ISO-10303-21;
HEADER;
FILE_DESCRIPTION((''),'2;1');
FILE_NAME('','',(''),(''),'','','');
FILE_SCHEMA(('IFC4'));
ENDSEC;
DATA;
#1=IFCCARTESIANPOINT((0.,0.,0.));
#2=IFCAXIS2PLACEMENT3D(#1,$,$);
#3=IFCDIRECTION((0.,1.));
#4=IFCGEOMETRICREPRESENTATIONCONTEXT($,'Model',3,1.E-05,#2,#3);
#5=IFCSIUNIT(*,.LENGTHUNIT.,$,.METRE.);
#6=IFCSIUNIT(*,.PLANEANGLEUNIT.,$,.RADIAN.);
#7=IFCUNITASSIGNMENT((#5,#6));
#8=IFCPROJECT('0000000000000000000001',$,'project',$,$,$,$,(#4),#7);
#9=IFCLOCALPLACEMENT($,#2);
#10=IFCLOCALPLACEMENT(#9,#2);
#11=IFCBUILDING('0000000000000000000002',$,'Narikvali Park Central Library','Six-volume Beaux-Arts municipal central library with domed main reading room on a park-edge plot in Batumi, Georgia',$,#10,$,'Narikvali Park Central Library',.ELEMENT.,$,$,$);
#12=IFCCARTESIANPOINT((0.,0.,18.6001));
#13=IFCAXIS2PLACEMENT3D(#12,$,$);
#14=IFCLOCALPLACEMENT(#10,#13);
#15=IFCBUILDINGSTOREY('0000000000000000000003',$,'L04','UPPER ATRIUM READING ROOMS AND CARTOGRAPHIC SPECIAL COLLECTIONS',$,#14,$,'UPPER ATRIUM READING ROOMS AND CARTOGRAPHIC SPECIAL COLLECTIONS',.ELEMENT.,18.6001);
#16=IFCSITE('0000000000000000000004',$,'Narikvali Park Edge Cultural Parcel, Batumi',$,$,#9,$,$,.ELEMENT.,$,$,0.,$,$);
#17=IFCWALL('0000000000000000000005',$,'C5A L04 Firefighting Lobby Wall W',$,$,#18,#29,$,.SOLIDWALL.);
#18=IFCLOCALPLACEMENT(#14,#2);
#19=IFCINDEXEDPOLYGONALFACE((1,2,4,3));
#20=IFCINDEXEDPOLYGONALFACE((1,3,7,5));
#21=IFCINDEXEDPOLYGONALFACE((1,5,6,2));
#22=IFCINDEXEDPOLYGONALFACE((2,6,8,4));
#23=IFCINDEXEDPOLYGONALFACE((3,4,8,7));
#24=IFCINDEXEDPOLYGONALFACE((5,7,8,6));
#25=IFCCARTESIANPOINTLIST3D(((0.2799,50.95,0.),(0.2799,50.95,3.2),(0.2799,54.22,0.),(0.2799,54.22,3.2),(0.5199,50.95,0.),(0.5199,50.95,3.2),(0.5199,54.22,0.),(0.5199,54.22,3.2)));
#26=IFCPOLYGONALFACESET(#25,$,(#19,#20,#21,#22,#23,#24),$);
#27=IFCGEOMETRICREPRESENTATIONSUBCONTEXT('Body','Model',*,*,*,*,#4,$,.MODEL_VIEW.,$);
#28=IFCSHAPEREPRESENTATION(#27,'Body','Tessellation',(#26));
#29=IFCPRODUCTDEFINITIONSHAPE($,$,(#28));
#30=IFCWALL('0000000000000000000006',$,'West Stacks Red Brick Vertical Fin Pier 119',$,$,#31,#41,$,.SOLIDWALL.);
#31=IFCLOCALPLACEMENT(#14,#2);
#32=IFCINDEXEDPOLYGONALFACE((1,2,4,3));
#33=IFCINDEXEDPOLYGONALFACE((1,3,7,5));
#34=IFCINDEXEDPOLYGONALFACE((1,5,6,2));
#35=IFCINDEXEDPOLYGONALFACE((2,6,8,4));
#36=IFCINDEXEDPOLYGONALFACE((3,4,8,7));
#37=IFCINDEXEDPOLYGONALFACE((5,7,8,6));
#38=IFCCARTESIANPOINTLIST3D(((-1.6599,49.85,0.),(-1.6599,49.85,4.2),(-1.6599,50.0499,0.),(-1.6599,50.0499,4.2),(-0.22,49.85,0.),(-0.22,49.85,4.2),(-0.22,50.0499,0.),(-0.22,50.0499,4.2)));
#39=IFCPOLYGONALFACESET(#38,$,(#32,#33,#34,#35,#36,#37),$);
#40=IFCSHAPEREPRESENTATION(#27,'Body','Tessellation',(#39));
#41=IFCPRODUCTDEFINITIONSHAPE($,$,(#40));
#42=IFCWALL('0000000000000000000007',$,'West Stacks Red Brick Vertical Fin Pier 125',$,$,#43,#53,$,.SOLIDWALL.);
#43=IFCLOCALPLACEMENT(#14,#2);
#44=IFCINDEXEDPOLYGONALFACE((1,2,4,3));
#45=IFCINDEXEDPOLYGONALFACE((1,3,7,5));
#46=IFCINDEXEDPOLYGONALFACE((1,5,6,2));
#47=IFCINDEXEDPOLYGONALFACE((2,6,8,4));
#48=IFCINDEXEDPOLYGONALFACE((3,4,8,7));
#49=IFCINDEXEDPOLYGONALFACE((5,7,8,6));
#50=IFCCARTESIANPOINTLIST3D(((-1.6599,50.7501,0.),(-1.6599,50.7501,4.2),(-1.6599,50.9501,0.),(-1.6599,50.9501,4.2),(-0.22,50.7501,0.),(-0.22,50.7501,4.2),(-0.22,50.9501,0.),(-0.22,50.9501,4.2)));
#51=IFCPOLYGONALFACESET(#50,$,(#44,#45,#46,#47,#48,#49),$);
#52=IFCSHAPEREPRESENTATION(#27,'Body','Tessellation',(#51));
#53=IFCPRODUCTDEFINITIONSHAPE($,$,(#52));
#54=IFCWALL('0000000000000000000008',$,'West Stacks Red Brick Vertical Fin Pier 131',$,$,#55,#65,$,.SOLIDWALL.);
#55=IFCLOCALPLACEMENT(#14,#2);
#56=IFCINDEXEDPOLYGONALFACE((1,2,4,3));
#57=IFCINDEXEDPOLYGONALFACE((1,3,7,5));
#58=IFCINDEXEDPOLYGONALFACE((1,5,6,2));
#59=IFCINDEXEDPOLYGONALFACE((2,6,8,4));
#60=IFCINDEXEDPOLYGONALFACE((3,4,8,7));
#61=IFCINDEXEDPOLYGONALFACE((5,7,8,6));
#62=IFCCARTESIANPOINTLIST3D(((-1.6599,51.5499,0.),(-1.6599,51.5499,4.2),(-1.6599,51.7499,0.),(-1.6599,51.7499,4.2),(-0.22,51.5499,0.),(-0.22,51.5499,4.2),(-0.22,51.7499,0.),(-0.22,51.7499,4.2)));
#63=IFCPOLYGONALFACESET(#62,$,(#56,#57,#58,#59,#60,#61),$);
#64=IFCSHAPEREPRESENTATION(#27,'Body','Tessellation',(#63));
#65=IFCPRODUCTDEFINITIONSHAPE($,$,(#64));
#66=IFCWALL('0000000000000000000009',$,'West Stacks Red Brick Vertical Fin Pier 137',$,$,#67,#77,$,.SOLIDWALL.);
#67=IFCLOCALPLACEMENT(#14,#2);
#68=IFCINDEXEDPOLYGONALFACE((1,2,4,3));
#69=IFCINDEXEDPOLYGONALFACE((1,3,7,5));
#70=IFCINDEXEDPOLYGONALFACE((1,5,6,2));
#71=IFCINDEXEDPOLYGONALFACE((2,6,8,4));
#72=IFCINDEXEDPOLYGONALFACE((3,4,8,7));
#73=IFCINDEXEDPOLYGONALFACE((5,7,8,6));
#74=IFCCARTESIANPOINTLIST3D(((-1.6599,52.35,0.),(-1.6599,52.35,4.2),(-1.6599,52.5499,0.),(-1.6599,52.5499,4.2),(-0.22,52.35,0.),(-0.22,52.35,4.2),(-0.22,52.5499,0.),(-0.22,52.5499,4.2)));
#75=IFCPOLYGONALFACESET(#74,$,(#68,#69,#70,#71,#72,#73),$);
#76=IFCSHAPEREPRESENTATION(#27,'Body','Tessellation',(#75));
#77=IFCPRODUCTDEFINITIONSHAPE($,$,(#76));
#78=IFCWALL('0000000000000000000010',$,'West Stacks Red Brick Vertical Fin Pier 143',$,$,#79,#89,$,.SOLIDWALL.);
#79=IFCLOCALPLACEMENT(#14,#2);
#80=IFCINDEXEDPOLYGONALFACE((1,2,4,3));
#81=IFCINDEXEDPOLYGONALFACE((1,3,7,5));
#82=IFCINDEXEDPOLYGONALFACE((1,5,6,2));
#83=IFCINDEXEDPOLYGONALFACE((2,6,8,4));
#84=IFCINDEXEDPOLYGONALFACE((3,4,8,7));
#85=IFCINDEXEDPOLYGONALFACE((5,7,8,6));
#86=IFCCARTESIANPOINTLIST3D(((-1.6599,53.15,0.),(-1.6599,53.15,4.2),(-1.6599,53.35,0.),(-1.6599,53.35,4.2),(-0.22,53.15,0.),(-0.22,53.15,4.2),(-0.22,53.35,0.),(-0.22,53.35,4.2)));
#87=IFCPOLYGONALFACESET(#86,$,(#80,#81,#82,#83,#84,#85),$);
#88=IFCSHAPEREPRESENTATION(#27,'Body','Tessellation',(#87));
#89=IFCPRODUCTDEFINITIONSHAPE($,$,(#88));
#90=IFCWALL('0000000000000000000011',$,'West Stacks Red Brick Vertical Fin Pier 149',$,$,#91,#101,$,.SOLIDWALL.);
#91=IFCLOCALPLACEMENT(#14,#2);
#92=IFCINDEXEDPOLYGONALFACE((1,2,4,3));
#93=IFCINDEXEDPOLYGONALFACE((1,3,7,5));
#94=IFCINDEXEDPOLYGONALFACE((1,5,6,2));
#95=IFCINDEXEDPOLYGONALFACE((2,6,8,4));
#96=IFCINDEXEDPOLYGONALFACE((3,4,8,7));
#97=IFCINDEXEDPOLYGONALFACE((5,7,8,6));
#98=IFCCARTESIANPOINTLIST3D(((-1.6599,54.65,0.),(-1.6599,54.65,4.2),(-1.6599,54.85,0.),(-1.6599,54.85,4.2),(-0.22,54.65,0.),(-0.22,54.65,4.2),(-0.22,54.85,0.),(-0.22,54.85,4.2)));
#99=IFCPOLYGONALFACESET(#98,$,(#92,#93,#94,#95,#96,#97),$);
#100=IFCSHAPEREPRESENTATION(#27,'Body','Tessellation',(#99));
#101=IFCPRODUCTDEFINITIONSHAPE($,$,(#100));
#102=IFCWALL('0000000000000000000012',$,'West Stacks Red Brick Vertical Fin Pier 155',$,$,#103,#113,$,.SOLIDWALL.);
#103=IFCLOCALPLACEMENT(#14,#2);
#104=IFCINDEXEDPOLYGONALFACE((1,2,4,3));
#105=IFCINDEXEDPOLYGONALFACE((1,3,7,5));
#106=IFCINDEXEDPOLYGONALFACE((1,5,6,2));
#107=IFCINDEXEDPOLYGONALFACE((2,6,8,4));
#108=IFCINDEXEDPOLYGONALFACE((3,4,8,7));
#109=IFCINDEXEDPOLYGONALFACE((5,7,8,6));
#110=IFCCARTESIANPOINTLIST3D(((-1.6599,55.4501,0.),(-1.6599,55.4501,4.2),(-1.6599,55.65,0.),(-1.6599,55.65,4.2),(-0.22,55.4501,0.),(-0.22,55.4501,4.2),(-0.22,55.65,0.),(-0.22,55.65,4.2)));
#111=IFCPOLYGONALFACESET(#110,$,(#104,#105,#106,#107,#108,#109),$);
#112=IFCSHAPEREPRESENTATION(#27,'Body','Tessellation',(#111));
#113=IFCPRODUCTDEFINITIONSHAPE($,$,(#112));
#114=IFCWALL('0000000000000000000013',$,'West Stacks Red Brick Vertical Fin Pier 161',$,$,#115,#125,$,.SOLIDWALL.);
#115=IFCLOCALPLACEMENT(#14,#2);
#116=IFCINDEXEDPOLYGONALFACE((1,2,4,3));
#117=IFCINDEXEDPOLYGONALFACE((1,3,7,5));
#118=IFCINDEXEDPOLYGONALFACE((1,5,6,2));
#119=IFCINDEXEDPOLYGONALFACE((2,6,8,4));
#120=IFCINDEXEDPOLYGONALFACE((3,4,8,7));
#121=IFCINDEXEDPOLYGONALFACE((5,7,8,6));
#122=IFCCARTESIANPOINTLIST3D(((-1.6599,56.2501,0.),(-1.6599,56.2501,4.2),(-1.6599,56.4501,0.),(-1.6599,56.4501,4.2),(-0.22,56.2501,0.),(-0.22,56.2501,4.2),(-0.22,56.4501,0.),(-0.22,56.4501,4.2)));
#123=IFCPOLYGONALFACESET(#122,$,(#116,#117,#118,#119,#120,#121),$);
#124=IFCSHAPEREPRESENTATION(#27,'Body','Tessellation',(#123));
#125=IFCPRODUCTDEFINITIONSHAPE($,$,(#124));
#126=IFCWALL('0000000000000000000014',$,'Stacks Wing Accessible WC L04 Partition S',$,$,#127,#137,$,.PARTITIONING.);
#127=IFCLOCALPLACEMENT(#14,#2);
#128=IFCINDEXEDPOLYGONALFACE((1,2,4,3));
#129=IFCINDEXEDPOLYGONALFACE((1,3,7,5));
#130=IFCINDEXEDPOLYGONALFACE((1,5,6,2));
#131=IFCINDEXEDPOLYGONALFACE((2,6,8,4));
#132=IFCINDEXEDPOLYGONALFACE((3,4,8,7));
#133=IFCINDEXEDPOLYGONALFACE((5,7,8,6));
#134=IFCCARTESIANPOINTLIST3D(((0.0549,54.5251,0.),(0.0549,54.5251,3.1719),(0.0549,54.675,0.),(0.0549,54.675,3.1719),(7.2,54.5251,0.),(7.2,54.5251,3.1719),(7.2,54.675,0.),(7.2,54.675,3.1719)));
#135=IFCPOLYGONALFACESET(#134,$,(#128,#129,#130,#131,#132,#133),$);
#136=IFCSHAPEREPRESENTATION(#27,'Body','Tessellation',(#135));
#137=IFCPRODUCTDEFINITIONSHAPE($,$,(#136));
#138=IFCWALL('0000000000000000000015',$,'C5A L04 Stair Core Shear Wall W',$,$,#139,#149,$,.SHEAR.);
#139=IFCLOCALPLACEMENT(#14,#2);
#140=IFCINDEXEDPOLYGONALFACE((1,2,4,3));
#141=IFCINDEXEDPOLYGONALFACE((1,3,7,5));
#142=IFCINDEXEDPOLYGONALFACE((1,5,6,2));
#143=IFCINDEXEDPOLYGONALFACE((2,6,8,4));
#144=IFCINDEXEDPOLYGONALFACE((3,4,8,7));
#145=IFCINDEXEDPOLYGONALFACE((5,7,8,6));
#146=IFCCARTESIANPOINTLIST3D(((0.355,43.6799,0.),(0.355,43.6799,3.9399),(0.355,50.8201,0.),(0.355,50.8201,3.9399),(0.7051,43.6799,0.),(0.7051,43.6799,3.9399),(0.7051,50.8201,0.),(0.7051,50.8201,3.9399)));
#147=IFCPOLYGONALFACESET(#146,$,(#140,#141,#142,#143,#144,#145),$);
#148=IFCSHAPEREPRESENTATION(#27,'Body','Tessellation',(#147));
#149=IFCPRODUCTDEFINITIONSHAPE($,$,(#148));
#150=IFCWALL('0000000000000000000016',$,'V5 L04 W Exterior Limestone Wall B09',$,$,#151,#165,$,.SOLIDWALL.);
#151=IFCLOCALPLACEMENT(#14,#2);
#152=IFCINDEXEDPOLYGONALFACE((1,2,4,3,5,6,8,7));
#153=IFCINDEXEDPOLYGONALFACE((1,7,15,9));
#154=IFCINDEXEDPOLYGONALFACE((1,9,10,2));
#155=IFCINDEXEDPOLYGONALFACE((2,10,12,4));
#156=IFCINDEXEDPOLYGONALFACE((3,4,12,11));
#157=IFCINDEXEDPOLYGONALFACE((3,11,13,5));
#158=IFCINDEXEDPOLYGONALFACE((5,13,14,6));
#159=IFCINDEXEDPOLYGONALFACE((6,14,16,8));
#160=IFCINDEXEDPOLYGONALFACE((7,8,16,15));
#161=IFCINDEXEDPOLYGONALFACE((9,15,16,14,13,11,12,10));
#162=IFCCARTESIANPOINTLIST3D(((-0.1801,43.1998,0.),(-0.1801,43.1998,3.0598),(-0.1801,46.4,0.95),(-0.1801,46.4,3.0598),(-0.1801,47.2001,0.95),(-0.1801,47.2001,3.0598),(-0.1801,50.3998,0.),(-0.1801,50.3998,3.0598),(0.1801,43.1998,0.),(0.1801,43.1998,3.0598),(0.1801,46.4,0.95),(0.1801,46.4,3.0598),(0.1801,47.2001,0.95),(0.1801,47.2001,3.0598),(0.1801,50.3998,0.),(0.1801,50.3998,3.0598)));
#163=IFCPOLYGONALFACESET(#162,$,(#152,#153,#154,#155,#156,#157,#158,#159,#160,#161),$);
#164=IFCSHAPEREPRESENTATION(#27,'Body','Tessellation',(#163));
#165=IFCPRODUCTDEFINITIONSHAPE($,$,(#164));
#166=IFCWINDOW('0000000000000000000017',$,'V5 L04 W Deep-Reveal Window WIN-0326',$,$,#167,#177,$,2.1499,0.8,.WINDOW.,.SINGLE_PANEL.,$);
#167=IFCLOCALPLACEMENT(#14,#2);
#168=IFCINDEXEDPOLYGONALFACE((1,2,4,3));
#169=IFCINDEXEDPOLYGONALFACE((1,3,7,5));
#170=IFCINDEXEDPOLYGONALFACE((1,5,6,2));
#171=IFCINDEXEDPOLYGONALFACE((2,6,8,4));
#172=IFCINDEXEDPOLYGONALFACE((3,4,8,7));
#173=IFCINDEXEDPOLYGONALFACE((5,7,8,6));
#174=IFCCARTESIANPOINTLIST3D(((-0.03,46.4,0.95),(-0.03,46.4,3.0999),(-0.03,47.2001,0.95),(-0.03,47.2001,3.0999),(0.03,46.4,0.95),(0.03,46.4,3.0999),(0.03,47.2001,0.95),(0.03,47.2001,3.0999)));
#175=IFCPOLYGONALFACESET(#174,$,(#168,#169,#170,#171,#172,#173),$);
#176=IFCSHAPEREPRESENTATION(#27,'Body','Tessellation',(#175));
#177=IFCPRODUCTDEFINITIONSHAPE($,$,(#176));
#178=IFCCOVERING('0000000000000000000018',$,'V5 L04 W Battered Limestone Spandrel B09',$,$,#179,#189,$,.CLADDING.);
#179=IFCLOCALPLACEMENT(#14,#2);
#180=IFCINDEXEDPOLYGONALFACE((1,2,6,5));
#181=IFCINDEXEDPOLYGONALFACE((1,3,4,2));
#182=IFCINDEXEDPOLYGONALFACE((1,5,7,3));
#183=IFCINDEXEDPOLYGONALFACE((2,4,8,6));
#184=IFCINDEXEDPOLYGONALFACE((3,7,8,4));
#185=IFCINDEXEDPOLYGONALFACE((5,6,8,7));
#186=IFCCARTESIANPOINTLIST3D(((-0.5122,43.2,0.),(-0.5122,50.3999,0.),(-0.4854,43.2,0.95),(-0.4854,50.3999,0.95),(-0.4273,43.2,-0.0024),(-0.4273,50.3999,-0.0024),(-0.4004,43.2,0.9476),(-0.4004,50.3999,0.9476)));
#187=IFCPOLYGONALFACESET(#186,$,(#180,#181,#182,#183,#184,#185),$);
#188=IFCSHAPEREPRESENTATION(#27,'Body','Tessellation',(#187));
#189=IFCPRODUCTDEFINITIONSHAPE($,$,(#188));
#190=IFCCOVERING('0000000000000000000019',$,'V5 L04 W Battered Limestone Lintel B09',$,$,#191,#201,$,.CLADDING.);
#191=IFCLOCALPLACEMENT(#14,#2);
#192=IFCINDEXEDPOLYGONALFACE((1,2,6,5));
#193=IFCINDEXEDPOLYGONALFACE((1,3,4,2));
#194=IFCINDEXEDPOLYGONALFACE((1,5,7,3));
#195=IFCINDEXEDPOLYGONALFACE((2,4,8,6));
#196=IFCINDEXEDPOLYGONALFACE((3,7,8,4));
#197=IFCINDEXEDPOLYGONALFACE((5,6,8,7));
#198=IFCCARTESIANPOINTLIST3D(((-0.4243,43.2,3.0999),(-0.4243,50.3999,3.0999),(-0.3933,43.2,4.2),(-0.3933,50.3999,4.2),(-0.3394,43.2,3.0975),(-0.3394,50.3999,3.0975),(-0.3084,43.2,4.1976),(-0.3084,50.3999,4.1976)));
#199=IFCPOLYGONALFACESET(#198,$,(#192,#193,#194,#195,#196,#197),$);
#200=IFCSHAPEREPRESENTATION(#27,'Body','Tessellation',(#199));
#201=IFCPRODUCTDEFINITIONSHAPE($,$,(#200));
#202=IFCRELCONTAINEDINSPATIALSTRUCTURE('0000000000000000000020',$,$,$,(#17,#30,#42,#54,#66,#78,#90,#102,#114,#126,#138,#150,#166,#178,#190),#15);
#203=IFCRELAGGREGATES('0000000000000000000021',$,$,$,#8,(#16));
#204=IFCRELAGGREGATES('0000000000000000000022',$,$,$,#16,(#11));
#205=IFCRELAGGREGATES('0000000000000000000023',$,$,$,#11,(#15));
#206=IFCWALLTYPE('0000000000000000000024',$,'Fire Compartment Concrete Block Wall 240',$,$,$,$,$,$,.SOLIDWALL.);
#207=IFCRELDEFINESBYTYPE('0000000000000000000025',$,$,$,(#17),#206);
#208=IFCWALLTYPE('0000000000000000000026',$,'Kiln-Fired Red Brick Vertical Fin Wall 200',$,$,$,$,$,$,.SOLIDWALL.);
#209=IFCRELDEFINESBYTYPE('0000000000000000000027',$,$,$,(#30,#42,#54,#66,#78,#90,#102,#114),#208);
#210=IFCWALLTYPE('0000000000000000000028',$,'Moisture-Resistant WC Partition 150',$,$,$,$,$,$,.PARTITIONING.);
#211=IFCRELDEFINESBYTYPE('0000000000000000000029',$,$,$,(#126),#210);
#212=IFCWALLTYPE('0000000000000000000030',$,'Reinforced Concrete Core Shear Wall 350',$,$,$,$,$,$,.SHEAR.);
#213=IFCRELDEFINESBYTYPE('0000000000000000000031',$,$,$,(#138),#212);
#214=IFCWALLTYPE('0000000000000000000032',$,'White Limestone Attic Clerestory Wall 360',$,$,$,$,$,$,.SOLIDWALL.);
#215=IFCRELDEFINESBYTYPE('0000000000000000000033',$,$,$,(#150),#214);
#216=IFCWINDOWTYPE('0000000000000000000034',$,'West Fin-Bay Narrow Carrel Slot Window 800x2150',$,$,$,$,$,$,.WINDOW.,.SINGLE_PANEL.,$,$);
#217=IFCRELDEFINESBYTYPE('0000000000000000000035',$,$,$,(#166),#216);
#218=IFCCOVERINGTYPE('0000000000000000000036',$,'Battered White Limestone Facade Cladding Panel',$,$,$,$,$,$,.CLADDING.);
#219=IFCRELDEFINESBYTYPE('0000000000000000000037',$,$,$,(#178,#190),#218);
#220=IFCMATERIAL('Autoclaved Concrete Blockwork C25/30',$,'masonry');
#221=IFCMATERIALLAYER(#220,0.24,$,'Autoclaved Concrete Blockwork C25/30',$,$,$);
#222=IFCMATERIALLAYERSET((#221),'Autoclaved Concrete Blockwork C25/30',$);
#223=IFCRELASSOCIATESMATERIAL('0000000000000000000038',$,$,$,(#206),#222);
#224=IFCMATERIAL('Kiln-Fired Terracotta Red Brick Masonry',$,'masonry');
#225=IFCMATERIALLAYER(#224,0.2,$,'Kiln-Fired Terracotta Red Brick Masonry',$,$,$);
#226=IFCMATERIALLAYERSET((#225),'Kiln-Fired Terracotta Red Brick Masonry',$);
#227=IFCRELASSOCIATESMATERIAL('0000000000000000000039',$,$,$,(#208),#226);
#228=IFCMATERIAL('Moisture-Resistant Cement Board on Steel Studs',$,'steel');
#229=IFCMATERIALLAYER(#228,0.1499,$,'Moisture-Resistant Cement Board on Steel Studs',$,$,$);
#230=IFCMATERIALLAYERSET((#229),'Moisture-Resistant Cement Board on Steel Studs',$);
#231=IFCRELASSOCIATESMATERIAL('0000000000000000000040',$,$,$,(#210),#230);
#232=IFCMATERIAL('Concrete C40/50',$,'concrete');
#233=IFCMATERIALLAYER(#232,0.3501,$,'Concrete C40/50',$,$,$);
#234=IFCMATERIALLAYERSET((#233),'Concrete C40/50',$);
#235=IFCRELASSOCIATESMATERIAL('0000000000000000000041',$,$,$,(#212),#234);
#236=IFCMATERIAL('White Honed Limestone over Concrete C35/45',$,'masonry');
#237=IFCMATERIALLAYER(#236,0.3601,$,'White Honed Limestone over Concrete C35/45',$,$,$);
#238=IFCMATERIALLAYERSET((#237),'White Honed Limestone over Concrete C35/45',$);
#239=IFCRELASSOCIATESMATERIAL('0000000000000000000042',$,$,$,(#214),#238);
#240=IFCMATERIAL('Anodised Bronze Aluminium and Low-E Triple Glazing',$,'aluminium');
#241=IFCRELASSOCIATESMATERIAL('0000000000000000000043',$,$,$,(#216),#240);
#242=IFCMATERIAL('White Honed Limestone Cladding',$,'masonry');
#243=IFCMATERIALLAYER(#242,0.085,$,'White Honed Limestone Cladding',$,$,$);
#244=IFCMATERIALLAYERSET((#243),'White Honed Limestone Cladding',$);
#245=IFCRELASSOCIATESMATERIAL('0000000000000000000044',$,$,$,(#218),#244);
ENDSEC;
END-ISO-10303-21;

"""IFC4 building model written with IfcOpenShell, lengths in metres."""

from ifc_helpers import new_model, si_unit, direction, frame, frame_2d, origin, place, context, subcontext, project, spatial, polyline, rectangle, outline, extrude, material, layer, layer_set, type_object, element, fill, save


model = new_model("IFC4")

# Units and contexts
model_context = context("Model", 3, precision=1e-05, world=origin(), true_north=direction((0.0, 1.0)))
body_context = subcontext(model_context, "Body", "Model", "MODEL_VIEW")
ifc_project = project(units=[si_unit("LENGTHUNIT", "METRE"), si_unit("PLANEANGLEUNIT", "RADIAN")], contexts=[model_context])

# Site, building, storey
site_placement = place(None, origin())
site = spatial("IfcSite", under=ifc_project, at=site_placement, Name="Narikvali Park Edge Cultural Parcel, Batumi", CompositionType="ELEMENT", RefElevation=0.0)
building_placement = place(site_placement, origin())
building = spatial("IfcBuilding", under=site, at=building_placement, Name="Narikvali Park Central Library", Description="Six-volume Beaux-Arts municipal central library with domed main reading room on a park-edge plot in Batumi, Georgia", LongName="Narikvali Park Central Library", CompositionType="ELEMENT")
storey_placement = place(building_placement, frame((0.0, 0.0, 18.6001)))
storey = spatial("IfcBuildingStorey", under=building, at=storey_placement, Name="L04", Description="UPPER ATRIUM READING ROOMS AND CARTOGRAPHIC SPECIAL COLLECTIONS", LongName="UPPER ATRIUM READING ROOMS AND CARTOGRAPHIC SPECIAL COLLECTIONS", CompositionType="ELEMENT", Elevation=18.6001)

# Walls
ifc_material_1 = material(Name="Autoclaved Concrete Blockwork C25/30", Category="masonry")
ifc_layer_1 = layer(ifc_material_1, 0.24, Name="Autoclaved Concrete Blockwork C25/30")
ifc_layer_set_1 = layer_set([ifc_layer_1], Name="Autoclaved Concrete Blockwork C25/30")
wall_type_1 = type_object("IfcWallType", Name="Fire Compartment Concrete Block Wall 240", PredefinedType="SOLIDWALL", material=ifc_layer_set_1)
wall_1_placement = place(storey_placement, frame((0.3999, 50.95, 0.0), z_axis=(0.0, 0.0, 1.0), x_axis=(0.0, 1.0, 0.0)))
element("IfcWall", 1, at=wall_1_placement, inside=storey, type_object=wall_type_1, Name="C5A L04 Firefighting Lobby Wall W", PredefinedType="SOLIDWALL", context=body_context, shape_type="SweptSolid", body=[
    extrude(rectangle(XDim=3.27, YDim=0.24, at=frame_2d((1.635, 0.0))), origin(), (0.0, 0.0, 1.0), 3.2),
])
ifc_material_2 = material(Name="Kiln-Fired Terracotta Red Brick Masonry", Category="masonry")
ifc_layer_2 = layer(ifc_material_2, 0.2, Name="Kiln-Fired Terracotta Red Brick Masonry")
ifc_layer_set_2 = layer_set([ifc_layer_2], Name="Kiln-Fired Terracotta Red Brick Masonry")
wall_type_2 = type_object("IfcWallType", Name="Kiln-Fired Red Brick Vertical Fin Wall 200", PredefinedType="SOLIDWALL", material=ifc_layer_set_2)
for number, where, z_axis, x_axis, name in (
    (2, (-1.6599, 49.95, 0.0), (0.0, 0.0, 1.0), (1.0, 0.0, 0.0), "West Stacks Red Brick Vertical Fin Pier 119"),
    (3, (-1.6599, 50.8501, 0.0), (0.0, 0.0, 1.0), (1.0, 0.0, 0.0), "West Stacks Red Brick Vertical Fin Pier 125"),
    (4, (-1.6599, 51.6499, 0.0), (0.0, 0.0, 1.0), (1.0, 0.0, 0.0), "West Stacks Red Brick Vertical Fin Pier 131"),
    (5, (-1.6599, 52.45, 0.0), (0.0, 0.0, 1.0), (1.0, 0.0, 0.0), "West Stacks Red Brick Vertical Fin Pier 137"),
    (6, (-1.6599, 53.25, 0.0), (0.0, 0.0, 1.0), (1.0, 0.0, 0.0), "West Stacks Red Brick Vertical Fin Pier 143"),
    (7, (-1.6599, 54.75, 0.0), (0.0, 0.0, 1.0), (1.0, 0.0, 0.0), "West Stacks Red Brick Vertical Fin Pier 149"),
    (8, (-1.6599, 55.55, 0.0), (0.0, 0.0, 1.0), (1.0, 0.0, 0.0), "West Stacks Red Brick Vertical Fin Pier 155"),
    (9, (-1.6599, 56.3501, 0.0), (0.0, 0.0, 1.0), (1.0, 0.0, 0.0), "West Stacks Red Brick Vertical Fin Pier 161"),
):
    element("IfcWall", number, at=place(storey_placement, frame(where, z_axis=z_axis, x_axis=x_axis)), inside=storey, type_object=wall_type_2, Name=name, PredefinedType="SOLIDWALL", context=body_context, shape_type="SweptSolid", body=[
        extrude(rectangle(XDim=1.4399, YDim=0.2, at=frame_2d((0.72, 0.0))), origin(), (0.0, 0.0, 1.0), 4.2),
    ])
ifc_material_3 = material(Name="Moisture-Resistant Cement Board on Steel Studs", Category="steel")
ifc_layer_3 = layer(ifc_material_3, 0.1499, Name="Moisture-Resistant Cement Board on Steel Studs")
ifc_layer_set_3 = layer_set([ifc_layer_3], Name="Moisture-Resistant Cement Board on Steel Studs")
wall_type_3 = type_object("IfcWallType", Name="Moisture-Resistant WC Partition 150", PredefinedType="PARTITIONING", material=ifc_layer_set_3)
wall_2_placement = place(storey_placement, frame((0.0549, 54.6001, 0.0), z_axis=(0.0, 0.0, 1.0), x_axis=(1.0, 0.0, 0.0)))
element("IfcWall", 10, at=wall_2_placement, inside=storey, type_object=wall_type_3, Name="Stacks Wing Accessible WC L04 Partition S", PredefinedType="PARTITIONING", context=body_context, shape_type="SweptSolid", body=[
    extrude(rectangle(XDim=7.145, YDim=0.1499, at=frame_2d((3.5725, 0.0))), origin(), (0.0, 0.0, 1.0), 3.1719),
])
ifc_material_4 = material(Name="Concrete C40/50", Category="concrete")
ifc_layer_4 = layer(ifc_material_4, 0.3501, Name="Concrete C40/50")
ifc_layer_set_4 = layer_set([ifc_layer_4], Name="Concrete C40/50")
wall_type_4 = type_object("IfcWallType", Name="Reinforced Concrete Core Shear Wall 350", PredefinedType="SHEAR", material=ifc_layer_set_4)
wall_3_placement = place(storey_placement, frame((0.53, 50.8201, 0.0), z_axis=(0.0, 0.0, 1.0), x_axis=(0.0, -1.0, 0.0)))
element("IfcWall", 11, at=wall_3_placement, inside=storey, type_object=wall_type_4, Name="C5A L04 Stair Core Shear Wall W", PredefinedType="SHEAR", context=body_context, shape_type="SweptSolid", body=[
    extrude(rectangle(XDim=7.1401, YDim=0.3501, at=frame_2d((3.5701, 0.0))), origin(), (0.0, 0.0, 1.0), 3.9399),
])

# Wall, opening, window
ifc_material_5 = material(Name="White Honed Limestone over Concrete C35/45", Category="masonry")
ifc_layer_5 = layer(ifc_material_5, 0.3601, Name="White Honed Limestone over Concrete C35/45")
ifc_layer_set_5 = layer_set([ifc_layer_5], Name="White Honed Limestone over Concrete C35/45")
wall_type_5 = type_object("IfcWallType", Name="White Limestone Attic Clerestory Wall 360", PredefinedType="SOLIDWALL", material=ifc_layer_set_5)
wall_4_placement = place(storey_placement, frame((0.0, 50.3999, 0.0), z_axis=(0.0, 0.0, 1.0), x_axis=(0.0, -1.0, 0.0)))
wall_4 = element("IfcWall", 12, at=wall_4_placement, inside=storey, type_object=wall_type_5, Name="V5 L04 W Exterior Limestone Wall B09", PredefinedType="SOLIDWALL", context=body_context, shape_type="SweptSolid", body=[
    extrude(rectangle(XDim=7.2, YDim=0.3601, at=frame_2d((3.6001, 0.0))), origin(), (0.0, 0.0, 1.0), 3.0598),
])
opening_placement = place(wall_4_placement, frame((3.2, 0.0, 0.95)))
opening = element("IfcOpeningElement", 13, at=opening_placement, cuts=wall_4, PredefinedType="OPENING", context=body_context, shape_type="SweptSolid", body=[
    extrude(rectangle(XDim=0.8, YDim=2.1499, at=frame_2d((0.3999, 1.075))), frame((0.0, 0.1919, 0.0), z_axis=(0.0, -1.0, 0.0), x_axis=(1.0, 0.0, 0.0)), (0.0, 0.0, 1.0), 0.384),
])
ifc_material_6 = material(Name="Anodised Bronze Aluminium and Low-E Triple Glazing", Category="aluminium")
window_type = type_object("IfcWindowType", Name="West Fin-Bay Narrow Carrel Slot Window 800x2150", PartitioningType="SINGLE_PANEL", PredefinedType="WINDOW", material=ifc_material_6)
window_placement = place(opening_placement, origin())
window = element("IfcWindow", 14, at=window_placement, inside=storey, type_object=window_type, Name="V5 L04 W Deep-Reveal Window WIN-0326", OverallHeight=2.1499, OverallWidth=0.8, PartitioningType="SINGLE_PANEL", PredefinedType="WINDOW", context=body_context, shape_type="SweptSolid", body=[
    extrude(rectangle(XDim=0.8, YDim=2.1499, at=frame_2d((0.3999, 1.075))), frame((0.0, 0.03, 0.0), z_axis=(0.0, -1.0, 0.0), x_axis=(1.0, 0.0, 0.0)), (0.0, 0.0, 1.0), 0.0601),
])
fill(opening, window)

# Coverings
ifc_material_7 = material(Name="White Honed Limestone Cladding", Category="masonry")
ifc_layer_6 = layer(ifc_material_7, 0.085, Name="White Honed Limestone Cladding")
ifc_layer_set_6 = layer_set([ifc_layer_6], Name="White Honed Limestone Cladding")
covering_type = type_object("IfcCoveringType", Name="Battered White Limestone Facade Cladding Panel", PredefinedType="CLADDING", material=ifc_layer_set_6)
covering_1_placement = place(storey_placement, frame((-0.5122, 50.3999, 0.0), z_axis=(-0.999601, 0.0, 0.028259), x_axis=(0.0, -1.0, 0.0)))
element("IfcCovering", 15, at=covering_1_placement, inside=storey, type_object=covering_type, Name="V5 L04 W Battered Limestone Spandrel B09", PredefinedType="CLADDING", context=body_context, shape_type="SweptSolid", body=[
    extrude(outline(polyline([(0.0, 0.0), (7.2, 0.0), (7.2, 0.9503), (0.0, 0.9503), (0.0, 0.0)])), origin(), (0.0, 0.0, -1.0), 0.085),
])
covering_2_placement = place(storey_placement, frame((-0.4243, 50.3999, 3.0999), z_axis=(-0.999603, 0.0, 0.028173), x_axis=(0.0, -1.0, 0.0)))
element("IfcCovering", 16, at=covering_2_placement, inside=storey, type_object=covering_type, Name="V5 L04 W Battered Limestone Lintel B09", PredefinedType="CLADDING", context=body_context, shape_type="SweptSolid", body=[
    extrude(outline(polyline([(0.0, 0.0), (7.2, 0.0), (7.2, 1.1005), (0.0, 1.1005), (0.0, 0.0)])), origin(), (0.0, 0.0, -1.0), 0.085),
])

save(model, "model.ifc")
